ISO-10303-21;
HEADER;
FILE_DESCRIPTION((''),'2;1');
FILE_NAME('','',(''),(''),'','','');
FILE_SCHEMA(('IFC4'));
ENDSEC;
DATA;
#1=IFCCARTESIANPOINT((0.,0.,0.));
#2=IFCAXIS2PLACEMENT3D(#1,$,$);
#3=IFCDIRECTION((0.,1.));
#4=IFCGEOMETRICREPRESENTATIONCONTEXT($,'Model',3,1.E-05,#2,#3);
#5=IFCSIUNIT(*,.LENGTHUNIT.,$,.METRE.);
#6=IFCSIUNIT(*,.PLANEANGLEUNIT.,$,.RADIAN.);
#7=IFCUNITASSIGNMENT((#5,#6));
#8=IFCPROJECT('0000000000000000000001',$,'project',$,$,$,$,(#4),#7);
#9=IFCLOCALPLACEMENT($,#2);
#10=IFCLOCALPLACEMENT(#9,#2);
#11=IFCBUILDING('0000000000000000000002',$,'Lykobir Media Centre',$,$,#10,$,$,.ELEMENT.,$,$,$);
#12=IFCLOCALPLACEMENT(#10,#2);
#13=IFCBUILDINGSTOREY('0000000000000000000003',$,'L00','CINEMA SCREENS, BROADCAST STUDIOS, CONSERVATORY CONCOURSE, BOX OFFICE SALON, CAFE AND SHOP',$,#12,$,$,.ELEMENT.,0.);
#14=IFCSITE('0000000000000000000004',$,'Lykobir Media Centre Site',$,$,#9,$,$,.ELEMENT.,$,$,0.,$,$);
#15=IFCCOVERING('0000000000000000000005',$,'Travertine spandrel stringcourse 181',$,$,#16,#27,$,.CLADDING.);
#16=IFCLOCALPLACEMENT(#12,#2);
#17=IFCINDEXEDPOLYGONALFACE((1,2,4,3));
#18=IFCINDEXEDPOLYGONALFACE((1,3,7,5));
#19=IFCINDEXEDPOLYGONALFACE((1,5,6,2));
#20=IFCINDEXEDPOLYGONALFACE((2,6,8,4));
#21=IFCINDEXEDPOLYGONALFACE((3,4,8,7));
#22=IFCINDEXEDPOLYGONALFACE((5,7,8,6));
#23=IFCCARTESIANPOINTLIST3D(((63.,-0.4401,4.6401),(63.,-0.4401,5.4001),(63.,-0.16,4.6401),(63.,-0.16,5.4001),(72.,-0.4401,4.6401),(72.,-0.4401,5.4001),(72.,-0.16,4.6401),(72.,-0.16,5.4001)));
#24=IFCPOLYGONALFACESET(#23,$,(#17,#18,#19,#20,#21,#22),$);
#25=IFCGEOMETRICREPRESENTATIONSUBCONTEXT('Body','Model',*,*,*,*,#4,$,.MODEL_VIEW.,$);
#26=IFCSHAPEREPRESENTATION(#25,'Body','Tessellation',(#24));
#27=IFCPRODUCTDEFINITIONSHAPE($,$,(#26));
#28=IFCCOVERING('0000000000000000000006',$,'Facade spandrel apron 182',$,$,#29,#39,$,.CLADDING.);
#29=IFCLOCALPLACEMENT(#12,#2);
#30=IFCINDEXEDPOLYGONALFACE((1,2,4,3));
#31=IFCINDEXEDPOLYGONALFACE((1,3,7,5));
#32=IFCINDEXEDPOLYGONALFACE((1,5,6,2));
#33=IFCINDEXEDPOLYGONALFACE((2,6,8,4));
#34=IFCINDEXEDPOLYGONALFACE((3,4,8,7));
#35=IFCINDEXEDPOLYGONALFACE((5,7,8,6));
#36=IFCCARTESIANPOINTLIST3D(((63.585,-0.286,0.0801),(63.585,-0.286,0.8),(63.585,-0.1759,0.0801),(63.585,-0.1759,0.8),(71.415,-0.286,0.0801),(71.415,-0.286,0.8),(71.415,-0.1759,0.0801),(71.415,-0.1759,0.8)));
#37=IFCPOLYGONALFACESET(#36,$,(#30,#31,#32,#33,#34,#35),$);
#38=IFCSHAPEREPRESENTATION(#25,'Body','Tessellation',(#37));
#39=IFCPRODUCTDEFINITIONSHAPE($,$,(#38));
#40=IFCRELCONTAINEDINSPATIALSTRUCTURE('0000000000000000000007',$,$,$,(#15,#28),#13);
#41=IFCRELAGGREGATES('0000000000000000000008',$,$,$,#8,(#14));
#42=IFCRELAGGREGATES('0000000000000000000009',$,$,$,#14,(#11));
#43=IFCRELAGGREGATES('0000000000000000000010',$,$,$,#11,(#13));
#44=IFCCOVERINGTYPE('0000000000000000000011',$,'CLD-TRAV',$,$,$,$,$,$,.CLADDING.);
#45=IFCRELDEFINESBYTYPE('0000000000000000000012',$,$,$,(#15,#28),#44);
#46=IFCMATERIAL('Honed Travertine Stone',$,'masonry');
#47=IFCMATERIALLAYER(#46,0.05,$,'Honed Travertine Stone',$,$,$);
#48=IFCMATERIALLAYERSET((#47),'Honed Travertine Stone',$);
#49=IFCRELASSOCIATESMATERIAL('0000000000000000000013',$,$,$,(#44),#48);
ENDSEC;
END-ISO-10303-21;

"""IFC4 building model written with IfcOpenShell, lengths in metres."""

from ifc_helpers import new_model, si_unit, direction, frame, origin, origin_2d, place, context, subcontext, project, spatial, rectangle, extrude, material, layer, layer_set, type_object, element, save


model = new_model("IFC4")

# Units and contexts
model_context = context("Model", 3, precision=1e-05, world=origin(), true_north=direction((0.0, 1.0)))
body_context = subcontext(model_context, "Body", "Model", "MODEL_VIEW")
ifc_project = project(units=[si_unit("LENGTHUNIT", "METRE"), si_unit("PLANEANGLEUNIT", "RADIAN")], contexts=[model_context])

# Site, building, storey
site_placement = place(None, origin())
site = spatial("IfcSite", under=ifc_project, at=site_placement, Name="Lykobir Media Centre Site", CompositionType="ELEMENT", RefElevation=0.0)
building_placement = place(site_placement, origin())
building = spatial("IfcBuilding", under=site, at=building_placement, Name="Lykobir Media Centre", CompositionType="ELEMENT")
storey_placement = place(building_placement, origin())
storey = spatial("IfcBuildingStorey", under=building, at=storey_placement, Name="L00", Description="CINEMA SCREENS, BROADCAST STUDIOS, CONSERVATORY CONCOURSE, BOX OFFICE SALON, CAFE AND SHOP", CompositionType="ELEMENT", Elevation=0.0)

# Shared definitions
ifc_material_1 = material(Name="Honed Travertine Stone", Category="masonry")

# Coverings
ifc_layer_1 = layer(ifc_material_1, 0.05, Name="Honed Travertine Stone")
ifc_layer_set_1 = layer_set([ifc_layer_1], Name="Honed Travertine Stone")
covering_type = type_object("IfcCoveringType", Name="CLD-TRAV", PredefinedType="CLADDING", material=ifc_layer_set_1)
covering_1_placement = place(storey_placement, frame((67.5, -0.3, 4.6401), z_axis=(0.0, 0.0, 1.0), x_axis=(1.0, 0.0, 0.0)))
element("IfcCovering", 1, at=covering_1_placement, inside=storey, type_object=covering_type, Name="Travertine spandrel stringcourse 181", PredefinedType="CLADDING", context=body_context, shape_type="SweptSolid", body=[
    extrude(rectangle(XDim=9.0, YDim=0.28, at=origin_2d()), origin(), (0.0, 0.0, 1.0), 0.76),
])
covering_2_placement = place(storey_placement, frame((67.5, -0.231, 0.0801), z_axis=(0.0, 0.0, 1.0), x_axis=(1.0, 0.0, 0.0)))
element("IfcCovering", 2, at=covering_2_placement, inside=storey, type_object=covering_type, Name="Facade spandrel apron 182", PredefinedType="CLADDING", context=body_context, shape_type="SweptSolid", body=[
    extrude(rectangle(XDim=7.8301, YDim=0.1101, at=origin_2d()), origin(), (0.0, 0.0, 1.0), 0.72),
])

save(model, "model.ifc")
